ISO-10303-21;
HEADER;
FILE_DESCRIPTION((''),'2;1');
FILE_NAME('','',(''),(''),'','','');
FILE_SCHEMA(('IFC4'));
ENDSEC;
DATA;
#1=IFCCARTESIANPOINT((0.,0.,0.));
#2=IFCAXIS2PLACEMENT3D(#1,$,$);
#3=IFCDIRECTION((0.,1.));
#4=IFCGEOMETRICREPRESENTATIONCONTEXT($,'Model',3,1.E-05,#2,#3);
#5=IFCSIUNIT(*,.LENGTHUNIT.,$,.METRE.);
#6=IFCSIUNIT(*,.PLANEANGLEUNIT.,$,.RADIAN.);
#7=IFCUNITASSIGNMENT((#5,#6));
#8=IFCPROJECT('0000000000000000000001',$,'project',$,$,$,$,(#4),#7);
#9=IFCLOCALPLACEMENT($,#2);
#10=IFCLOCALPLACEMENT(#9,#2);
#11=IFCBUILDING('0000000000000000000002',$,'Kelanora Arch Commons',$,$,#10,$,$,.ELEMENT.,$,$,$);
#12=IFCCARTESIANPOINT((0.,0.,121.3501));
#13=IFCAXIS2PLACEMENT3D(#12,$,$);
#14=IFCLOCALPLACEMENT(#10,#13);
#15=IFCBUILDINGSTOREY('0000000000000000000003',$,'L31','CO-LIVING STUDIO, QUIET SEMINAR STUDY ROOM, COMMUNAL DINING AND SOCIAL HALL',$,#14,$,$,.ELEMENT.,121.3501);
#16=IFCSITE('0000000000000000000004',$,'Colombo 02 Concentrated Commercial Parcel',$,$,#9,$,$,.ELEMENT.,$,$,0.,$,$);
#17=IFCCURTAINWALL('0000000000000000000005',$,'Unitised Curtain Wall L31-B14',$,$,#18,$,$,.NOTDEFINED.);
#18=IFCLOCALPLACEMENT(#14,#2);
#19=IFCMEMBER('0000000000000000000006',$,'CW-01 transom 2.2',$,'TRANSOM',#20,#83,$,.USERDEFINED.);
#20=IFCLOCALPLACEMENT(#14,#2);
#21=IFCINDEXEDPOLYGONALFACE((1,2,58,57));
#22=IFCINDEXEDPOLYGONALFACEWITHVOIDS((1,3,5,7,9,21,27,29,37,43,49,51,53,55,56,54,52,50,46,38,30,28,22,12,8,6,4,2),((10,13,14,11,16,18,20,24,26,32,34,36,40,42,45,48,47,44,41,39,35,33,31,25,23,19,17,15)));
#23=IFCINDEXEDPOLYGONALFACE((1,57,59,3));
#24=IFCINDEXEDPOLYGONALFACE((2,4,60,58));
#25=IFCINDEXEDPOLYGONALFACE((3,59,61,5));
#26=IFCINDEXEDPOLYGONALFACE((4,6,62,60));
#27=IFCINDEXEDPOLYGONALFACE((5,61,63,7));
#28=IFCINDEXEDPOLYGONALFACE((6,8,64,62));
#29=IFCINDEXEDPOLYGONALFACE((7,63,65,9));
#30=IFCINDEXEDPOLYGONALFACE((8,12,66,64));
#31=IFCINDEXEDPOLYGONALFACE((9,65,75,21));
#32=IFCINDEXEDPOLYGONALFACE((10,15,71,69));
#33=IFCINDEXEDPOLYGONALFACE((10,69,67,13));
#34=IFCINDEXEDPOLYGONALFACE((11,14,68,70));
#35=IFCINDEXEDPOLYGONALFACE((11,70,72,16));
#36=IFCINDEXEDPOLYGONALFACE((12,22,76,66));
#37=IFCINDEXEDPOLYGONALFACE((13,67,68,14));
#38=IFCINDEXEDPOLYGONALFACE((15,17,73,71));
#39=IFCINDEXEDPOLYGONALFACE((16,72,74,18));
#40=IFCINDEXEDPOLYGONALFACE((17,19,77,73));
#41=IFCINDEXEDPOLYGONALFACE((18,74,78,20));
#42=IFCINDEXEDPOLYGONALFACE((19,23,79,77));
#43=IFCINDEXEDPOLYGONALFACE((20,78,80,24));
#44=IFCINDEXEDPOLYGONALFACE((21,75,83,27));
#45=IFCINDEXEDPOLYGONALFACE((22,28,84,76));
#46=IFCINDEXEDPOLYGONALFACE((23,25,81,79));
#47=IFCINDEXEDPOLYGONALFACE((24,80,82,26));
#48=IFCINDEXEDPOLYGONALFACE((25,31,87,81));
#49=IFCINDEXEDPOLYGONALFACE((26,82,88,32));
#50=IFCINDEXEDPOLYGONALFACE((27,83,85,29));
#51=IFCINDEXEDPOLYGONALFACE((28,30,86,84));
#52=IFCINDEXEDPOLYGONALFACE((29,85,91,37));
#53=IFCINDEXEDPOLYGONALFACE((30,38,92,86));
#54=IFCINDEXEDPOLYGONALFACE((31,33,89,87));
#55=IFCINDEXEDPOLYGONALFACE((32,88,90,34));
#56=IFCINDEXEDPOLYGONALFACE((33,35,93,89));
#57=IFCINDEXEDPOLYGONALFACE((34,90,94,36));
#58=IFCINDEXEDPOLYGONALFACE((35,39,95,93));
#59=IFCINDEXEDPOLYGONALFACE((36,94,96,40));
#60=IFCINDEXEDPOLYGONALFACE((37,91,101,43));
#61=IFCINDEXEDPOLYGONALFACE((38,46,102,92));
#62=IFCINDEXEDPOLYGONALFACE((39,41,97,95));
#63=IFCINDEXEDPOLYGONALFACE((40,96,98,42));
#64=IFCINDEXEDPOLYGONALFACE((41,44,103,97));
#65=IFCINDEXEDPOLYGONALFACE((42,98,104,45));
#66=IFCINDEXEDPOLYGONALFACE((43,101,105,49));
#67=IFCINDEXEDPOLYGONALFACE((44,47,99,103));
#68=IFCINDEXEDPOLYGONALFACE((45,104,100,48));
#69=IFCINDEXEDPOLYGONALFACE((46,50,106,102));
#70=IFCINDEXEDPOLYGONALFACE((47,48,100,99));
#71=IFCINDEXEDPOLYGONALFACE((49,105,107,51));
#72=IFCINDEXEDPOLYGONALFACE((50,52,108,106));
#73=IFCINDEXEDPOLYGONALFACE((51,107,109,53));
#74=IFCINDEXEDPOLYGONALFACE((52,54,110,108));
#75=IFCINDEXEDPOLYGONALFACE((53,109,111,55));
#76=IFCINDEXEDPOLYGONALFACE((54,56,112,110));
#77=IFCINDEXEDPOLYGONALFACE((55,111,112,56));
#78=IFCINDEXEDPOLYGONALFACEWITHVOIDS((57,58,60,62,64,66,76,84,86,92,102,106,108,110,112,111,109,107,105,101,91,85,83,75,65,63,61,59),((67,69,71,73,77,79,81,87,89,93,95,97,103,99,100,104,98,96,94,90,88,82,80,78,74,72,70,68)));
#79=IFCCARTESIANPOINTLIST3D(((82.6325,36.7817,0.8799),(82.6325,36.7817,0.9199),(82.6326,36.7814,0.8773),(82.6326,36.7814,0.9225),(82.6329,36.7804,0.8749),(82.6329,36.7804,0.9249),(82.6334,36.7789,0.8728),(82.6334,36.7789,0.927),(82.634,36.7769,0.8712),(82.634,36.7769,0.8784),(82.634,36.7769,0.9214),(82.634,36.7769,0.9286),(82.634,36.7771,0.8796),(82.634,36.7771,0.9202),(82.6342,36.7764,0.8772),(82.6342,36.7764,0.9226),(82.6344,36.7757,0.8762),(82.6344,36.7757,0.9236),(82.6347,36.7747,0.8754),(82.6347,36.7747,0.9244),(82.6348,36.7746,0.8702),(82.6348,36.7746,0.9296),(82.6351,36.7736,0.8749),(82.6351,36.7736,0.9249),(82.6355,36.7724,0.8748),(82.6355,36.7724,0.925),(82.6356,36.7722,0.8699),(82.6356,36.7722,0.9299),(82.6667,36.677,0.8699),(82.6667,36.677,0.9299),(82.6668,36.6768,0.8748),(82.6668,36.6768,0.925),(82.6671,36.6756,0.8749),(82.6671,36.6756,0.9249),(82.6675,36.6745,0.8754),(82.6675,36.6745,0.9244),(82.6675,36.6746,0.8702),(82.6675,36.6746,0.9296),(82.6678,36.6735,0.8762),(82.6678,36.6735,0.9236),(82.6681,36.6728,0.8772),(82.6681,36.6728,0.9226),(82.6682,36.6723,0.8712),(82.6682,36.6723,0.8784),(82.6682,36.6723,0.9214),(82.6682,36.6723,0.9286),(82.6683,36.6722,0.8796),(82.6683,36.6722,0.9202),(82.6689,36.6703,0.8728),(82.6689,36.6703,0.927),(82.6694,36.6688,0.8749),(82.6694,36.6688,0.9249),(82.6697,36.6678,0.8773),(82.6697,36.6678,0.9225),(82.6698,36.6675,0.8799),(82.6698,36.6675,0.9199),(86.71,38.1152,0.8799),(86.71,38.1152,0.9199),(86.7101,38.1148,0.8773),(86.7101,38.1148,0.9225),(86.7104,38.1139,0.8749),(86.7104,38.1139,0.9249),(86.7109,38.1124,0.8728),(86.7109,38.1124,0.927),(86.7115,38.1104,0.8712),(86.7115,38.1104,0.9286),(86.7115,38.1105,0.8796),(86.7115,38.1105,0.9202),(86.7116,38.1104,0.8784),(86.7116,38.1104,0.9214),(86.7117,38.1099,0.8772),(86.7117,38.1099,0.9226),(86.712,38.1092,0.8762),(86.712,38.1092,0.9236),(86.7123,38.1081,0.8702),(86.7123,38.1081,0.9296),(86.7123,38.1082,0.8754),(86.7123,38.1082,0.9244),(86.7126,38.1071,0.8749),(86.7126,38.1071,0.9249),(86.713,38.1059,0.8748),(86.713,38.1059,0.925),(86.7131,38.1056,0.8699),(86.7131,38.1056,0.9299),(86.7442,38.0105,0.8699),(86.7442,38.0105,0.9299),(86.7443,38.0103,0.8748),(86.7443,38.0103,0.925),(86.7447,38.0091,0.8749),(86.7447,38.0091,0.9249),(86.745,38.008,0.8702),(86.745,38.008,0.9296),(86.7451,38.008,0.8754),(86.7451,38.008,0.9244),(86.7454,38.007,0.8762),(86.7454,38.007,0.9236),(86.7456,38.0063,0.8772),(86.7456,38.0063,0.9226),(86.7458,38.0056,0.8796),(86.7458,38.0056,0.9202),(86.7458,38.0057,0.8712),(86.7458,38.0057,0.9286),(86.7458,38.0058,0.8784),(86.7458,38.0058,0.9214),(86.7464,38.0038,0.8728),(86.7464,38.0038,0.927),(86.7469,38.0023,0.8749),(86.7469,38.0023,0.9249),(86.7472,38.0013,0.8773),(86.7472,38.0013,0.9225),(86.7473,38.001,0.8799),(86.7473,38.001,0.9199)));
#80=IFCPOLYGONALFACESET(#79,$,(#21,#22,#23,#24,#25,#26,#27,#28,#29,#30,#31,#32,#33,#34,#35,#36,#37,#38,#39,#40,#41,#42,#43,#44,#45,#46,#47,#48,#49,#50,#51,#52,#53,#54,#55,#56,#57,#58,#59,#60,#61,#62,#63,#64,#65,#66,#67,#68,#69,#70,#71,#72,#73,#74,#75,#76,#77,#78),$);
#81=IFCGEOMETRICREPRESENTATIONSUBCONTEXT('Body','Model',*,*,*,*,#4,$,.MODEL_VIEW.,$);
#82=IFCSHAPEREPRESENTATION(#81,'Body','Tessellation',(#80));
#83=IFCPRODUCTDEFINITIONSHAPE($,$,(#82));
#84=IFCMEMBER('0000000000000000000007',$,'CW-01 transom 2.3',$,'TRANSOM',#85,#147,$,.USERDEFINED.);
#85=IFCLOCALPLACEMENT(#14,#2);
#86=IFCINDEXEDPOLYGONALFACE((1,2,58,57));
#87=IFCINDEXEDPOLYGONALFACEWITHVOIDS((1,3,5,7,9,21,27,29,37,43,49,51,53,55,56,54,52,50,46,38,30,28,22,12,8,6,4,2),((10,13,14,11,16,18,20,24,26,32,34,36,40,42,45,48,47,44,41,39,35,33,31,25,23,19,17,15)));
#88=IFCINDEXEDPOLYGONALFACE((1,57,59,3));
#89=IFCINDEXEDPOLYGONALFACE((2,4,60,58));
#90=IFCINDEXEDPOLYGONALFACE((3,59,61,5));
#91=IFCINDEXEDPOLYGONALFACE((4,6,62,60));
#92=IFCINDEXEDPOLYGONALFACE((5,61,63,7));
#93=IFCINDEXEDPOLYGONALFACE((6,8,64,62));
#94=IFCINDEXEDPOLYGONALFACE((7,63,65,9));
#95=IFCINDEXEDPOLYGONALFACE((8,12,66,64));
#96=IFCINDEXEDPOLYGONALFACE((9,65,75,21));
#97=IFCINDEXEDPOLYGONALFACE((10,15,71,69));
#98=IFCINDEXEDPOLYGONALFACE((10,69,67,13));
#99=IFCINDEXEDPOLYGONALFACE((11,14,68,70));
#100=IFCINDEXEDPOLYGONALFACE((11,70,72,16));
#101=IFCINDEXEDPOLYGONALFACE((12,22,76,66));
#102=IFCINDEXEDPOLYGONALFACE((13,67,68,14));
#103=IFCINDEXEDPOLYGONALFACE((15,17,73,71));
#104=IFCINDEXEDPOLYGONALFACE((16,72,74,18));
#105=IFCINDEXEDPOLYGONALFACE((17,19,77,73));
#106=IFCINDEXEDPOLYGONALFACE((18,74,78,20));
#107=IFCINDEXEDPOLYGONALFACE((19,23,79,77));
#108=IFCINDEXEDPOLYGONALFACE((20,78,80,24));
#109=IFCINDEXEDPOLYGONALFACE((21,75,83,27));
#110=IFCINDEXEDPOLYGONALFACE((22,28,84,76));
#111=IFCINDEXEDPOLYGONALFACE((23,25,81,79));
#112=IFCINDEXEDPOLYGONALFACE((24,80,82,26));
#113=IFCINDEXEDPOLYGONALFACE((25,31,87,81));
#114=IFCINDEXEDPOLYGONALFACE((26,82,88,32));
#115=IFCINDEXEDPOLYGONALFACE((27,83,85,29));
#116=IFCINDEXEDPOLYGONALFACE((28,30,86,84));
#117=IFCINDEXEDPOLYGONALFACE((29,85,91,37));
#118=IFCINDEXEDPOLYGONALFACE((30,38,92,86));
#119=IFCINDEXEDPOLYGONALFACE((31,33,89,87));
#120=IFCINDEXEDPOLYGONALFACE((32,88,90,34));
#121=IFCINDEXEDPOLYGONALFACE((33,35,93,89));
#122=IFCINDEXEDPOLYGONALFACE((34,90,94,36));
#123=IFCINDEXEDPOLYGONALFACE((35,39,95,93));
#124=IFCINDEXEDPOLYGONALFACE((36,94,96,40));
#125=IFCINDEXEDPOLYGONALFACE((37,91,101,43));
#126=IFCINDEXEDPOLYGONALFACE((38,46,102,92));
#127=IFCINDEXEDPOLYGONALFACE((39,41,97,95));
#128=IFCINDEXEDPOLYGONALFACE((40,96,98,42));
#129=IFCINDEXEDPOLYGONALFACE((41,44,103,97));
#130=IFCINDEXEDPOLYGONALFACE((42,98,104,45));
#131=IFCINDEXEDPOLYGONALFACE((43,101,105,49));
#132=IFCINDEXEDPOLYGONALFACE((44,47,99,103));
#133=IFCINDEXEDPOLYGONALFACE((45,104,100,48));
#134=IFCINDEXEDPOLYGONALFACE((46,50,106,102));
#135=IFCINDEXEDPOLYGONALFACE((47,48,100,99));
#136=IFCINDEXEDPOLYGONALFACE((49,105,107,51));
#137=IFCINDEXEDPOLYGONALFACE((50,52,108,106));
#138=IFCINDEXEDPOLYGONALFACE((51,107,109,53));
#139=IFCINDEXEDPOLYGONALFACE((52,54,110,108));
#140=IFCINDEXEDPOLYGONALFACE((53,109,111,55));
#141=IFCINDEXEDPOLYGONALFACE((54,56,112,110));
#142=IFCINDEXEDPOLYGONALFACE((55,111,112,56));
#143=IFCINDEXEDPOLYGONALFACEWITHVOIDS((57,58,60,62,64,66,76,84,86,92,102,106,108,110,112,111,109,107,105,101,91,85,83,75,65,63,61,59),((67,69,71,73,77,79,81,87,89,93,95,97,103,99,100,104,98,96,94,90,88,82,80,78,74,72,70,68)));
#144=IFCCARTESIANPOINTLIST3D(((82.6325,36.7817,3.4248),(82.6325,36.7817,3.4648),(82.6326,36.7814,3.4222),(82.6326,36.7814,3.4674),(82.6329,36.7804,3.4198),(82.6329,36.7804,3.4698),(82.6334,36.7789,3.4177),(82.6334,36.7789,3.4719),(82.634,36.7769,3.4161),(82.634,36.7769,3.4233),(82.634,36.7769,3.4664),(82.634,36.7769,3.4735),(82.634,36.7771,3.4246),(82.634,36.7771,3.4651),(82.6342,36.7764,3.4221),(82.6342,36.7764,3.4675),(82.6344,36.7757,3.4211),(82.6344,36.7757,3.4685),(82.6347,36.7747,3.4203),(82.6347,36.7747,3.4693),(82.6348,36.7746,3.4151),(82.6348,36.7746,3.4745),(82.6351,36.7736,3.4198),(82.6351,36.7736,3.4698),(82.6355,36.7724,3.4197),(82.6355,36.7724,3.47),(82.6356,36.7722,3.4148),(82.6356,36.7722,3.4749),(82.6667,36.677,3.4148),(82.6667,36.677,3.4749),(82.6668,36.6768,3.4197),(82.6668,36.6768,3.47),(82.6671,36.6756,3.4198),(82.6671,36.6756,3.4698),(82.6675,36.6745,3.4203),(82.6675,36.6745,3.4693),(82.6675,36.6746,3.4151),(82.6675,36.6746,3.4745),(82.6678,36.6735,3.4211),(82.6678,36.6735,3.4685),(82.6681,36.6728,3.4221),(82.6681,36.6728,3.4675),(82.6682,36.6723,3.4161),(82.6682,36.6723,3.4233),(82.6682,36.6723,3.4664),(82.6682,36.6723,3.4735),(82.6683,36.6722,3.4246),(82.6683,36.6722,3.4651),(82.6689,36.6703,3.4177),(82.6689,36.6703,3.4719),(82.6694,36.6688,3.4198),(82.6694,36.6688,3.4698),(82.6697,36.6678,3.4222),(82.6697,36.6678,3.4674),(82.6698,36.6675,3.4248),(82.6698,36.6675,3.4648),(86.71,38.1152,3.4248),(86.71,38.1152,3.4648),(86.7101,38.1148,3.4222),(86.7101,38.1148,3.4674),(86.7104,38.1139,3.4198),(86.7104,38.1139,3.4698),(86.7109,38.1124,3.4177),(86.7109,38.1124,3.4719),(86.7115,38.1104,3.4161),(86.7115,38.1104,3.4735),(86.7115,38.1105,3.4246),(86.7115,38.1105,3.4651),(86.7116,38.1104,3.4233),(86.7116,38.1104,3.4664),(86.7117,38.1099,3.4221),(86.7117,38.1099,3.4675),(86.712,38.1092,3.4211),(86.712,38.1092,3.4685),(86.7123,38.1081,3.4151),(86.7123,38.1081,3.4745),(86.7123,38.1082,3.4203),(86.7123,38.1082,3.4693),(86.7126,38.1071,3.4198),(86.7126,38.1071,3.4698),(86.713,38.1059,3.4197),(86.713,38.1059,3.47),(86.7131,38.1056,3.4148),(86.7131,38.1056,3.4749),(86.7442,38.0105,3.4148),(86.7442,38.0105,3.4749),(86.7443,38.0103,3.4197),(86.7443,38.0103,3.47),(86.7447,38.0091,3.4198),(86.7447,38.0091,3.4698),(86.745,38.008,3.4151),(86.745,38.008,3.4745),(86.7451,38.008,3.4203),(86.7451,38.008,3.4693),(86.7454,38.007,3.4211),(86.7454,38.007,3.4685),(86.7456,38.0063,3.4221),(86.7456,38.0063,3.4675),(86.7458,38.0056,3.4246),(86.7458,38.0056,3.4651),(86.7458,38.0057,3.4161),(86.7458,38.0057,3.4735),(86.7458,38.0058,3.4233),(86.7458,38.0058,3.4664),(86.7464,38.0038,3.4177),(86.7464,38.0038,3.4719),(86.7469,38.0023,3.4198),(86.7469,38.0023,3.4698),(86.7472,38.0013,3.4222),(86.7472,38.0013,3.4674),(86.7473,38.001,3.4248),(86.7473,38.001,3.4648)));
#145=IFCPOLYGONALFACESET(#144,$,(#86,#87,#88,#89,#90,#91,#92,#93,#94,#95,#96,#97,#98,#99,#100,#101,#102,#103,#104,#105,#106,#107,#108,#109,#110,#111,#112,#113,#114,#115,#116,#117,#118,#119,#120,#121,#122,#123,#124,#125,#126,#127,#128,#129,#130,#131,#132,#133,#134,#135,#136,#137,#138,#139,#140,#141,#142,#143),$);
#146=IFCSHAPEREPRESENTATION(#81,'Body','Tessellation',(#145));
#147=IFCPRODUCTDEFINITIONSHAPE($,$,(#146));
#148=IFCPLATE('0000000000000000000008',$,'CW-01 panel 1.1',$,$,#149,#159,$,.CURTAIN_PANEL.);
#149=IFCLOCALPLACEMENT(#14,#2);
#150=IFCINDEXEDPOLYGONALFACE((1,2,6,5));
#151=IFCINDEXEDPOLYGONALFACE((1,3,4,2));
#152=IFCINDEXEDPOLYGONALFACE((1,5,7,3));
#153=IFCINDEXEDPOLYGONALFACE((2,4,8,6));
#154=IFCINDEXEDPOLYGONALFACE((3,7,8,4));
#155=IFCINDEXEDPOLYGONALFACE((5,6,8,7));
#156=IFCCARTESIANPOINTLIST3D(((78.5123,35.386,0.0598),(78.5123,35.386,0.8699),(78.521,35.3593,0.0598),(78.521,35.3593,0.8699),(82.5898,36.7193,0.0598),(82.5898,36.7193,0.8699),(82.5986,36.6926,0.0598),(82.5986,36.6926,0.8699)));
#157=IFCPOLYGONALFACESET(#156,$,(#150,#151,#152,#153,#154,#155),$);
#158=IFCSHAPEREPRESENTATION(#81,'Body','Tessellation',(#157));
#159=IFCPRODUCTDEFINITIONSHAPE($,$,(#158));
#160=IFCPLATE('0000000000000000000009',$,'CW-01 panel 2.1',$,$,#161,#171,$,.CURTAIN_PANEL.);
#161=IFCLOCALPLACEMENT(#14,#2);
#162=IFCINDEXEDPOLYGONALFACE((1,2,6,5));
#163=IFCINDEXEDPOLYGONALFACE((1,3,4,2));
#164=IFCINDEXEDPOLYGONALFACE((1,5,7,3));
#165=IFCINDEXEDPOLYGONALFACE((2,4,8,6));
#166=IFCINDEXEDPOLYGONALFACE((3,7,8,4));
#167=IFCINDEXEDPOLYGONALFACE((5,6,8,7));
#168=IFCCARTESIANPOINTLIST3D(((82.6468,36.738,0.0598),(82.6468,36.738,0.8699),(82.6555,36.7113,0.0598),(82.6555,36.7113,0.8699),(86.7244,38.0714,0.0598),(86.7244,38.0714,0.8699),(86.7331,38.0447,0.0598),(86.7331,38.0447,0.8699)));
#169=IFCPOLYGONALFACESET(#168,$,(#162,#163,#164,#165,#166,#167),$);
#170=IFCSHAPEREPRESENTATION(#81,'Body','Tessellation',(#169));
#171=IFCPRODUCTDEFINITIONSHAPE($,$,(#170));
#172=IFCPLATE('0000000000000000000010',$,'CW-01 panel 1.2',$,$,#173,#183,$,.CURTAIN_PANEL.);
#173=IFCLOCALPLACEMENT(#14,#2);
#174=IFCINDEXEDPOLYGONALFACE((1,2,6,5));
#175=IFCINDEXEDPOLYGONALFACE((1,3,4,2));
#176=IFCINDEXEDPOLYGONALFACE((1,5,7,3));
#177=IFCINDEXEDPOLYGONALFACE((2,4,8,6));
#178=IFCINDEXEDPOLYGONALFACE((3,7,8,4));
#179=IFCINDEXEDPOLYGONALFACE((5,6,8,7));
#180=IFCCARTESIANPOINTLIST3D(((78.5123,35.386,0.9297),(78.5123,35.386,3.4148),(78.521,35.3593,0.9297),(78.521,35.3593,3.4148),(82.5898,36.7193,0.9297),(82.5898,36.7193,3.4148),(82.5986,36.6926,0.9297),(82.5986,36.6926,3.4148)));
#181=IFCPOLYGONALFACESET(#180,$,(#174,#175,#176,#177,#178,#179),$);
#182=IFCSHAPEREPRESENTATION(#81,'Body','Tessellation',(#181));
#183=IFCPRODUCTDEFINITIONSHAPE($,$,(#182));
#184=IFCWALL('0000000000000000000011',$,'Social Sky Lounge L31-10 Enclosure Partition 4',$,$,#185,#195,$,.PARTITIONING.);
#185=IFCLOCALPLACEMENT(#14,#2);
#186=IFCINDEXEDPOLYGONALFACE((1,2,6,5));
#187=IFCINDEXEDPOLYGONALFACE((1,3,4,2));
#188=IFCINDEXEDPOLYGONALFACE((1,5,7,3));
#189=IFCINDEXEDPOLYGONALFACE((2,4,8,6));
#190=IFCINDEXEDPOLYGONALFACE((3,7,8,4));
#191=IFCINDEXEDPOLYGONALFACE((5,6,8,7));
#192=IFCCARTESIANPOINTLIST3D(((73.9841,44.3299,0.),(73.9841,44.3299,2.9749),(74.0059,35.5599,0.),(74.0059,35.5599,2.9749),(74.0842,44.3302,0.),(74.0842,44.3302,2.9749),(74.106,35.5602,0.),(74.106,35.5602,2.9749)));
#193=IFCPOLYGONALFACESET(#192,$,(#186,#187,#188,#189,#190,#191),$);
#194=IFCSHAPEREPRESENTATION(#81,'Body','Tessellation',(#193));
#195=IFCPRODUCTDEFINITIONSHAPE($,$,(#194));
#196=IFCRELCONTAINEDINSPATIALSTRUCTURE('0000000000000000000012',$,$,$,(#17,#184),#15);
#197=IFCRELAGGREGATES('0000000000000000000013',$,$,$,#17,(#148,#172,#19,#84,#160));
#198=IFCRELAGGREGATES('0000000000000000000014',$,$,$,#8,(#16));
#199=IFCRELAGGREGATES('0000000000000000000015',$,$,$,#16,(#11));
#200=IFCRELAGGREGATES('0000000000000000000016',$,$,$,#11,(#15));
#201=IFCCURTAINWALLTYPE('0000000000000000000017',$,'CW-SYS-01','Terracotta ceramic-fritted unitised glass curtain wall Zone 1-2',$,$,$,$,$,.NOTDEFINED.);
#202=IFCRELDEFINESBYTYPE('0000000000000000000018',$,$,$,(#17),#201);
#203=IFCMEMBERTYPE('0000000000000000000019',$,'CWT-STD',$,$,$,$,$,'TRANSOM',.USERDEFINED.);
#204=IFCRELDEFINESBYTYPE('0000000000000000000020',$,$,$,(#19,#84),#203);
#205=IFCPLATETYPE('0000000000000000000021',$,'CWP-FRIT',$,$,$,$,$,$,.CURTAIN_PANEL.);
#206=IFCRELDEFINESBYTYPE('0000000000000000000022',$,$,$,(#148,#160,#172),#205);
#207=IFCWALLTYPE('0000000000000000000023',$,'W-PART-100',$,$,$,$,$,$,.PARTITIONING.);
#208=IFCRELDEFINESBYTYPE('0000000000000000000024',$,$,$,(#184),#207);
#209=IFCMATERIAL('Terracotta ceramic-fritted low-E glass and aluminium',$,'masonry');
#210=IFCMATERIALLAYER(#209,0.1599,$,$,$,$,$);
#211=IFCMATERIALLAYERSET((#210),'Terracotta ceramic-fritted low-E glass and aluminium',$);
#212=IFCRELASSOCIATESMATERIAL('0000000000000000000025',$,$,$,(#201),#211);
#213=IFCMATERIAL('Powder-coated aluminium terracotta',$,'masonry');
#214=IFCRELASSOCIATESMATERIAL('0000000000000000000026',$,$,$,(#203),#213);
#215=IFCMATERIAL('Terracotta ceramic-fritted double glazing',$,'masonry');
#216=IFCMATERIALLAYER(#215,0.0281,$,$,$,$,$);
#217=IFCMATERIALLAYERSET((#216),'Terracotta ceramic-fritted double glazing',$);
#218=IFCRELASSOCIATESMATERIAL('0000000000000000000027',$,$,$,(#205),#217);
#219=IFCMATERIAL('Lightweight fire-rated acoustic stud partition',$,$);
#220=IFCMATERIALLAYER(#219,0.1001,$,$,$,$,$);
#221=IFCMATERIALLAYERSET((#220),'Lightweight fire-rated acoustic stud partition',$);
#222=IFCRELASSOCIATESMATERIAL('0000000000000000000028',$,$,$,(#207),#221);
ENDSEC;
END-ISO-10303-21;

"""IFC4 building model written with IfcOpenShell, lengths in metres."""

from ifc_helpers import new_model, si_unit, direction, frame, frame_2d, origin, origin_2d, place, context, subcontext, project, spatial, rectangle, hollow_rectangle, extrude, source, transform, mapped, material, layer, layer_set, material_profile, profile_set, type_object, element, aggregate, save


model = new_model("IFC4")

# Units and contexts
model_context = context("Model", 3, precision=1e-05, world=origin(), true_north=direction((0.0, 1.0)))
body_context = subcontext(model_context, "Body", "Model", "MODEL_VIEW")
ifc_project = project(units=[si_unit("LENGTHUNIT", "METRE"), si_unit("PLANEANGLEUNIT", "RADIAN")], contexts=[model_context])

# Site, building, storey
site_placement = place(None, origin())
site = spatial("IfcSite", under=ifc_project, at=site_placement, Name="Colombo 02 Concentrated Commercial Parcel", CompositionType="ELEMENT", RefElevation=0.0)
building_placement = place(site_placement, origin())
building = spatial("IfcBuilding", under=site, at=building_placement, Name="Kelanora Arch Commons", CompositionType="ELEMENT")
storey_placement = place(building_placement, frame((0.0, 0.0, 121.3501)))
storey = spatial("IfcBuildingStorey", under=building, at=storey_placement, Name="L31", Description="CO-LIVING STUDIO, QUIET SEMINAR STUDY ROOM, COMMUNAL DINING AND SOCIAL HALL", CompositionType="ELEMENT", Elevation=121.3501)

# Curtain wall, members, plates
ifc_material_1 = material(Name="Terracotta ceramic-fritted low-E glass and aluminium", Category="masonry")
ifc_layer_1 = layer(ifc_material_1, 0.1599)
ifc_layer_set_1 = layer_set([ifc_layer_1], Name="Terracotta ceramic-fritted low-E glass and aluminium")
curtain_wall_type = type_object("IfcCurtainWallType", Name="CW-SYS-01", Description="Terracotta ceramic-fritted unitised glass curtain wall Zone 1-2", PredefinedType="NOTDEFINED", material=ifc_layer_set_1)
curtain_wall_placement = place(storey_placement, origin())
curtain_wall = element("IfcCurtainWall", 1, at=curtain_wall_placement, inside=storey, type_object=curtain_wall_type, Name="Unitised Curtain Wall L31-B14", PredefinedType="NOTDEFINED")
ifc_material_2 = material(Name="Powder-coated aluminium terracotta", Category="masonry")
ifc_material_profile_1 = material_profile(ifc_material_2, hollow_rectangle(XDim=0.1201, YDim=0.0601, WallThickness=0.0049, InnerFilletRadius=0.0049, OuterFilletRadius=0.01, at=origin_2d()), Name="CWT120x60")
ifc_profile_set_1 = profile_set([ifc_material_profile_1], Name="Powder-coated aluminium terracotta")
member_type_1 = type_object("IfcMemberType", Name="CWT-STD", ElementType="TRANSOM", PredefinedType="USERDEFINED", material=ifc_profile_set_1)
member_1_placement = place(storey_placement, frame((82.6511, 36.7246, 0.8999), z_axis=(0.950466, 0.310828, 0.0), x_axis=(-0.310828, 0.950466, 0.0)))
member_1 = element("IfcMember", 2, at=member_1_placement, type_object=member_type_1, Name="CW-01 transom 2.2", ObjectType="TRANSOM", PredefinedType="USERDEFINED", context=body_context, shape_type="SweptSolid", body=[
    extrude(hollow_rectangle(XDim=0.1201, YDim=0.0601, WallThickness=0.0049, InnerFilletRadius=0.0049, OuterFilletRadius=0.01, at=origin_2d()), origin(), (0.0, 0.0, 1.0), 4.29),
])
member_2_placement = place(storey_placement, frame((82.6511, 36.7246, 3.4448), z_axis=(0.950466, 0.310828, 0.0), x_axis=(-0.310828, 0.950466, 0.0)))
member_2 = element("IfcMember", 3, at=member_2_placement, type_object=member_type_1, Name="CW-01 transom 2.3", ObjectType="TRANSOM", PredefinedType="USERDEFINED", context=body_context, shape_type="SweptSolid", body=[
    extrude(hollow_rectangle(XDim=0.1201, YDim=0.0601, WallThickness=0.0049, InnerFilletRadius=0.0049, OuterFilletRadius=0.01, at=origin_2d()), origin(), (0.0, 0.0, 1.0), 4.29),
])
ifc_material_3 = material(Name="Terracotta ceramic-fritted double glazing", Category="masonry")
ifc_layer_2 = layer(ifc_material_3, 0.0281)
ifc_layer_set_2 = layer_set([ifc_layer_2], Name="Terracotta ceramic-fritted double glazing")
plate_type = type_object("IfcPlateType", Name="CWP-FRIT", PredefinedType="CURTAIN_PANEL", material=ifc_layer_set_2)
shared_shape_1 = source(origin(), body_context, "Body", "SweptSolid", [
    extrude(rectangle(XDim=4.29, YDim=0.0281, at=origin_2d()), origin(), (0.0, 0.0, 1.0), 0.8101),
])
plate_1_placement = place(storey_placement, frame((80.5554, 36.0393, 0.0598), z_axis=(0.0, 0.0, 1.0), x_axis=(0.950474, 0.310805, 0.0)))
plate_1 = element("IfcPlate", 4, at=plate_1_placement, type_object=plate_type, Name="CW-01 panel 1.1", PredefinedType="CURTAIN_PANEL", context=body_context, shape_type="MappedRepresentation", body=[
    mapped(shared_shape_1, transform((0.0, 0.0, 0.0), scale=1.0)),
])
plate_2_placement = place(storey_placement, frame((84.6899, 37.3914, 0.0598), z_axis=(0.0, 0.0, 1.0), x_axis=(0.950474, 0.310805, 0.0)))
plate_2 = element("IfcPlate", 5, at=plate_2_placement, type_object=plate_type, Name="CW-01 panel 2.1", PredefinedType="CURTAIN_PANEL", context=body_context, shape_type="MappedRepresentation", body=[
    mapped(shared_shape_1, transform((0.0, 0.0, 0.0), scale=1.0)),
])
shared_shape_2 = source(origin(), body_context, "Body", "SweptSolid", [
    extrude(rectangle(XDim=4.29, YDim=0.0281, at=origin_2d()), origin(), (0.0, 0.0, 1.0), 2.4851),
])
plate_3_placement = place(storey_placement, frame((80.5554, 36.0393, 0.9297), z_axis=(0.0, 0.0, 1.0), x_axis=(0.950474, 0.310805, 0.0)))
plate_3 = element("IfcPlate", 6, at=plate_3_placement, type_object=plate_type, Name="CW-01 panel 1.2", PredefinedType="CURTAIN_PANEL", context=body_context, shape_type="MappedRepresentation", body=[
    mapped(shared_shape_2, transform((0.0, 0.0, 0.0), scale=1.0)),
])
aggregate(curtain_wall, [plate_1, plate_3, member_1, member_2, plate_2])

# Wall
ifc_material_4 = material(Name="Lightweight fire-rated acoustic stud partition")
ifc_layer_3 = layer(ifc_material_4, 0.1001)
ifc_layer_set_3 = layer_set([ifc_layer_3], Name="Lightweight fire-rated acoustic stud partition")
wall_type_1 = type_object("IfcWallType", Name="W-PART-100", PredefinedType="PARTITIONING", material=ifc_layer_set_3)
wall_1_placement = place(storey_placement, frame((74.0559, 35.5601, 0.0), z_axis=(0.0, 0.0, 1.0), x_axis=(-0.002478, 0.999997, 0.0)))
element("IfcWall", 7, at=wall_1_placement, inside=storey, type_object=wall_type_1, Name="Social Sky Lounge L31-10 Enclosure Partition 4", PredefinedType="PARTITIONING", context=body_context, shape_type="SweptSolid", body=[
    extrude(rectangle(XDim=8.77, YDim=0.1001, at=frame_2d((4.385, 0.0))), origin(), (0.0, 0.0, 1.0), 2.9749),
])

save(model, "model.ifc")
